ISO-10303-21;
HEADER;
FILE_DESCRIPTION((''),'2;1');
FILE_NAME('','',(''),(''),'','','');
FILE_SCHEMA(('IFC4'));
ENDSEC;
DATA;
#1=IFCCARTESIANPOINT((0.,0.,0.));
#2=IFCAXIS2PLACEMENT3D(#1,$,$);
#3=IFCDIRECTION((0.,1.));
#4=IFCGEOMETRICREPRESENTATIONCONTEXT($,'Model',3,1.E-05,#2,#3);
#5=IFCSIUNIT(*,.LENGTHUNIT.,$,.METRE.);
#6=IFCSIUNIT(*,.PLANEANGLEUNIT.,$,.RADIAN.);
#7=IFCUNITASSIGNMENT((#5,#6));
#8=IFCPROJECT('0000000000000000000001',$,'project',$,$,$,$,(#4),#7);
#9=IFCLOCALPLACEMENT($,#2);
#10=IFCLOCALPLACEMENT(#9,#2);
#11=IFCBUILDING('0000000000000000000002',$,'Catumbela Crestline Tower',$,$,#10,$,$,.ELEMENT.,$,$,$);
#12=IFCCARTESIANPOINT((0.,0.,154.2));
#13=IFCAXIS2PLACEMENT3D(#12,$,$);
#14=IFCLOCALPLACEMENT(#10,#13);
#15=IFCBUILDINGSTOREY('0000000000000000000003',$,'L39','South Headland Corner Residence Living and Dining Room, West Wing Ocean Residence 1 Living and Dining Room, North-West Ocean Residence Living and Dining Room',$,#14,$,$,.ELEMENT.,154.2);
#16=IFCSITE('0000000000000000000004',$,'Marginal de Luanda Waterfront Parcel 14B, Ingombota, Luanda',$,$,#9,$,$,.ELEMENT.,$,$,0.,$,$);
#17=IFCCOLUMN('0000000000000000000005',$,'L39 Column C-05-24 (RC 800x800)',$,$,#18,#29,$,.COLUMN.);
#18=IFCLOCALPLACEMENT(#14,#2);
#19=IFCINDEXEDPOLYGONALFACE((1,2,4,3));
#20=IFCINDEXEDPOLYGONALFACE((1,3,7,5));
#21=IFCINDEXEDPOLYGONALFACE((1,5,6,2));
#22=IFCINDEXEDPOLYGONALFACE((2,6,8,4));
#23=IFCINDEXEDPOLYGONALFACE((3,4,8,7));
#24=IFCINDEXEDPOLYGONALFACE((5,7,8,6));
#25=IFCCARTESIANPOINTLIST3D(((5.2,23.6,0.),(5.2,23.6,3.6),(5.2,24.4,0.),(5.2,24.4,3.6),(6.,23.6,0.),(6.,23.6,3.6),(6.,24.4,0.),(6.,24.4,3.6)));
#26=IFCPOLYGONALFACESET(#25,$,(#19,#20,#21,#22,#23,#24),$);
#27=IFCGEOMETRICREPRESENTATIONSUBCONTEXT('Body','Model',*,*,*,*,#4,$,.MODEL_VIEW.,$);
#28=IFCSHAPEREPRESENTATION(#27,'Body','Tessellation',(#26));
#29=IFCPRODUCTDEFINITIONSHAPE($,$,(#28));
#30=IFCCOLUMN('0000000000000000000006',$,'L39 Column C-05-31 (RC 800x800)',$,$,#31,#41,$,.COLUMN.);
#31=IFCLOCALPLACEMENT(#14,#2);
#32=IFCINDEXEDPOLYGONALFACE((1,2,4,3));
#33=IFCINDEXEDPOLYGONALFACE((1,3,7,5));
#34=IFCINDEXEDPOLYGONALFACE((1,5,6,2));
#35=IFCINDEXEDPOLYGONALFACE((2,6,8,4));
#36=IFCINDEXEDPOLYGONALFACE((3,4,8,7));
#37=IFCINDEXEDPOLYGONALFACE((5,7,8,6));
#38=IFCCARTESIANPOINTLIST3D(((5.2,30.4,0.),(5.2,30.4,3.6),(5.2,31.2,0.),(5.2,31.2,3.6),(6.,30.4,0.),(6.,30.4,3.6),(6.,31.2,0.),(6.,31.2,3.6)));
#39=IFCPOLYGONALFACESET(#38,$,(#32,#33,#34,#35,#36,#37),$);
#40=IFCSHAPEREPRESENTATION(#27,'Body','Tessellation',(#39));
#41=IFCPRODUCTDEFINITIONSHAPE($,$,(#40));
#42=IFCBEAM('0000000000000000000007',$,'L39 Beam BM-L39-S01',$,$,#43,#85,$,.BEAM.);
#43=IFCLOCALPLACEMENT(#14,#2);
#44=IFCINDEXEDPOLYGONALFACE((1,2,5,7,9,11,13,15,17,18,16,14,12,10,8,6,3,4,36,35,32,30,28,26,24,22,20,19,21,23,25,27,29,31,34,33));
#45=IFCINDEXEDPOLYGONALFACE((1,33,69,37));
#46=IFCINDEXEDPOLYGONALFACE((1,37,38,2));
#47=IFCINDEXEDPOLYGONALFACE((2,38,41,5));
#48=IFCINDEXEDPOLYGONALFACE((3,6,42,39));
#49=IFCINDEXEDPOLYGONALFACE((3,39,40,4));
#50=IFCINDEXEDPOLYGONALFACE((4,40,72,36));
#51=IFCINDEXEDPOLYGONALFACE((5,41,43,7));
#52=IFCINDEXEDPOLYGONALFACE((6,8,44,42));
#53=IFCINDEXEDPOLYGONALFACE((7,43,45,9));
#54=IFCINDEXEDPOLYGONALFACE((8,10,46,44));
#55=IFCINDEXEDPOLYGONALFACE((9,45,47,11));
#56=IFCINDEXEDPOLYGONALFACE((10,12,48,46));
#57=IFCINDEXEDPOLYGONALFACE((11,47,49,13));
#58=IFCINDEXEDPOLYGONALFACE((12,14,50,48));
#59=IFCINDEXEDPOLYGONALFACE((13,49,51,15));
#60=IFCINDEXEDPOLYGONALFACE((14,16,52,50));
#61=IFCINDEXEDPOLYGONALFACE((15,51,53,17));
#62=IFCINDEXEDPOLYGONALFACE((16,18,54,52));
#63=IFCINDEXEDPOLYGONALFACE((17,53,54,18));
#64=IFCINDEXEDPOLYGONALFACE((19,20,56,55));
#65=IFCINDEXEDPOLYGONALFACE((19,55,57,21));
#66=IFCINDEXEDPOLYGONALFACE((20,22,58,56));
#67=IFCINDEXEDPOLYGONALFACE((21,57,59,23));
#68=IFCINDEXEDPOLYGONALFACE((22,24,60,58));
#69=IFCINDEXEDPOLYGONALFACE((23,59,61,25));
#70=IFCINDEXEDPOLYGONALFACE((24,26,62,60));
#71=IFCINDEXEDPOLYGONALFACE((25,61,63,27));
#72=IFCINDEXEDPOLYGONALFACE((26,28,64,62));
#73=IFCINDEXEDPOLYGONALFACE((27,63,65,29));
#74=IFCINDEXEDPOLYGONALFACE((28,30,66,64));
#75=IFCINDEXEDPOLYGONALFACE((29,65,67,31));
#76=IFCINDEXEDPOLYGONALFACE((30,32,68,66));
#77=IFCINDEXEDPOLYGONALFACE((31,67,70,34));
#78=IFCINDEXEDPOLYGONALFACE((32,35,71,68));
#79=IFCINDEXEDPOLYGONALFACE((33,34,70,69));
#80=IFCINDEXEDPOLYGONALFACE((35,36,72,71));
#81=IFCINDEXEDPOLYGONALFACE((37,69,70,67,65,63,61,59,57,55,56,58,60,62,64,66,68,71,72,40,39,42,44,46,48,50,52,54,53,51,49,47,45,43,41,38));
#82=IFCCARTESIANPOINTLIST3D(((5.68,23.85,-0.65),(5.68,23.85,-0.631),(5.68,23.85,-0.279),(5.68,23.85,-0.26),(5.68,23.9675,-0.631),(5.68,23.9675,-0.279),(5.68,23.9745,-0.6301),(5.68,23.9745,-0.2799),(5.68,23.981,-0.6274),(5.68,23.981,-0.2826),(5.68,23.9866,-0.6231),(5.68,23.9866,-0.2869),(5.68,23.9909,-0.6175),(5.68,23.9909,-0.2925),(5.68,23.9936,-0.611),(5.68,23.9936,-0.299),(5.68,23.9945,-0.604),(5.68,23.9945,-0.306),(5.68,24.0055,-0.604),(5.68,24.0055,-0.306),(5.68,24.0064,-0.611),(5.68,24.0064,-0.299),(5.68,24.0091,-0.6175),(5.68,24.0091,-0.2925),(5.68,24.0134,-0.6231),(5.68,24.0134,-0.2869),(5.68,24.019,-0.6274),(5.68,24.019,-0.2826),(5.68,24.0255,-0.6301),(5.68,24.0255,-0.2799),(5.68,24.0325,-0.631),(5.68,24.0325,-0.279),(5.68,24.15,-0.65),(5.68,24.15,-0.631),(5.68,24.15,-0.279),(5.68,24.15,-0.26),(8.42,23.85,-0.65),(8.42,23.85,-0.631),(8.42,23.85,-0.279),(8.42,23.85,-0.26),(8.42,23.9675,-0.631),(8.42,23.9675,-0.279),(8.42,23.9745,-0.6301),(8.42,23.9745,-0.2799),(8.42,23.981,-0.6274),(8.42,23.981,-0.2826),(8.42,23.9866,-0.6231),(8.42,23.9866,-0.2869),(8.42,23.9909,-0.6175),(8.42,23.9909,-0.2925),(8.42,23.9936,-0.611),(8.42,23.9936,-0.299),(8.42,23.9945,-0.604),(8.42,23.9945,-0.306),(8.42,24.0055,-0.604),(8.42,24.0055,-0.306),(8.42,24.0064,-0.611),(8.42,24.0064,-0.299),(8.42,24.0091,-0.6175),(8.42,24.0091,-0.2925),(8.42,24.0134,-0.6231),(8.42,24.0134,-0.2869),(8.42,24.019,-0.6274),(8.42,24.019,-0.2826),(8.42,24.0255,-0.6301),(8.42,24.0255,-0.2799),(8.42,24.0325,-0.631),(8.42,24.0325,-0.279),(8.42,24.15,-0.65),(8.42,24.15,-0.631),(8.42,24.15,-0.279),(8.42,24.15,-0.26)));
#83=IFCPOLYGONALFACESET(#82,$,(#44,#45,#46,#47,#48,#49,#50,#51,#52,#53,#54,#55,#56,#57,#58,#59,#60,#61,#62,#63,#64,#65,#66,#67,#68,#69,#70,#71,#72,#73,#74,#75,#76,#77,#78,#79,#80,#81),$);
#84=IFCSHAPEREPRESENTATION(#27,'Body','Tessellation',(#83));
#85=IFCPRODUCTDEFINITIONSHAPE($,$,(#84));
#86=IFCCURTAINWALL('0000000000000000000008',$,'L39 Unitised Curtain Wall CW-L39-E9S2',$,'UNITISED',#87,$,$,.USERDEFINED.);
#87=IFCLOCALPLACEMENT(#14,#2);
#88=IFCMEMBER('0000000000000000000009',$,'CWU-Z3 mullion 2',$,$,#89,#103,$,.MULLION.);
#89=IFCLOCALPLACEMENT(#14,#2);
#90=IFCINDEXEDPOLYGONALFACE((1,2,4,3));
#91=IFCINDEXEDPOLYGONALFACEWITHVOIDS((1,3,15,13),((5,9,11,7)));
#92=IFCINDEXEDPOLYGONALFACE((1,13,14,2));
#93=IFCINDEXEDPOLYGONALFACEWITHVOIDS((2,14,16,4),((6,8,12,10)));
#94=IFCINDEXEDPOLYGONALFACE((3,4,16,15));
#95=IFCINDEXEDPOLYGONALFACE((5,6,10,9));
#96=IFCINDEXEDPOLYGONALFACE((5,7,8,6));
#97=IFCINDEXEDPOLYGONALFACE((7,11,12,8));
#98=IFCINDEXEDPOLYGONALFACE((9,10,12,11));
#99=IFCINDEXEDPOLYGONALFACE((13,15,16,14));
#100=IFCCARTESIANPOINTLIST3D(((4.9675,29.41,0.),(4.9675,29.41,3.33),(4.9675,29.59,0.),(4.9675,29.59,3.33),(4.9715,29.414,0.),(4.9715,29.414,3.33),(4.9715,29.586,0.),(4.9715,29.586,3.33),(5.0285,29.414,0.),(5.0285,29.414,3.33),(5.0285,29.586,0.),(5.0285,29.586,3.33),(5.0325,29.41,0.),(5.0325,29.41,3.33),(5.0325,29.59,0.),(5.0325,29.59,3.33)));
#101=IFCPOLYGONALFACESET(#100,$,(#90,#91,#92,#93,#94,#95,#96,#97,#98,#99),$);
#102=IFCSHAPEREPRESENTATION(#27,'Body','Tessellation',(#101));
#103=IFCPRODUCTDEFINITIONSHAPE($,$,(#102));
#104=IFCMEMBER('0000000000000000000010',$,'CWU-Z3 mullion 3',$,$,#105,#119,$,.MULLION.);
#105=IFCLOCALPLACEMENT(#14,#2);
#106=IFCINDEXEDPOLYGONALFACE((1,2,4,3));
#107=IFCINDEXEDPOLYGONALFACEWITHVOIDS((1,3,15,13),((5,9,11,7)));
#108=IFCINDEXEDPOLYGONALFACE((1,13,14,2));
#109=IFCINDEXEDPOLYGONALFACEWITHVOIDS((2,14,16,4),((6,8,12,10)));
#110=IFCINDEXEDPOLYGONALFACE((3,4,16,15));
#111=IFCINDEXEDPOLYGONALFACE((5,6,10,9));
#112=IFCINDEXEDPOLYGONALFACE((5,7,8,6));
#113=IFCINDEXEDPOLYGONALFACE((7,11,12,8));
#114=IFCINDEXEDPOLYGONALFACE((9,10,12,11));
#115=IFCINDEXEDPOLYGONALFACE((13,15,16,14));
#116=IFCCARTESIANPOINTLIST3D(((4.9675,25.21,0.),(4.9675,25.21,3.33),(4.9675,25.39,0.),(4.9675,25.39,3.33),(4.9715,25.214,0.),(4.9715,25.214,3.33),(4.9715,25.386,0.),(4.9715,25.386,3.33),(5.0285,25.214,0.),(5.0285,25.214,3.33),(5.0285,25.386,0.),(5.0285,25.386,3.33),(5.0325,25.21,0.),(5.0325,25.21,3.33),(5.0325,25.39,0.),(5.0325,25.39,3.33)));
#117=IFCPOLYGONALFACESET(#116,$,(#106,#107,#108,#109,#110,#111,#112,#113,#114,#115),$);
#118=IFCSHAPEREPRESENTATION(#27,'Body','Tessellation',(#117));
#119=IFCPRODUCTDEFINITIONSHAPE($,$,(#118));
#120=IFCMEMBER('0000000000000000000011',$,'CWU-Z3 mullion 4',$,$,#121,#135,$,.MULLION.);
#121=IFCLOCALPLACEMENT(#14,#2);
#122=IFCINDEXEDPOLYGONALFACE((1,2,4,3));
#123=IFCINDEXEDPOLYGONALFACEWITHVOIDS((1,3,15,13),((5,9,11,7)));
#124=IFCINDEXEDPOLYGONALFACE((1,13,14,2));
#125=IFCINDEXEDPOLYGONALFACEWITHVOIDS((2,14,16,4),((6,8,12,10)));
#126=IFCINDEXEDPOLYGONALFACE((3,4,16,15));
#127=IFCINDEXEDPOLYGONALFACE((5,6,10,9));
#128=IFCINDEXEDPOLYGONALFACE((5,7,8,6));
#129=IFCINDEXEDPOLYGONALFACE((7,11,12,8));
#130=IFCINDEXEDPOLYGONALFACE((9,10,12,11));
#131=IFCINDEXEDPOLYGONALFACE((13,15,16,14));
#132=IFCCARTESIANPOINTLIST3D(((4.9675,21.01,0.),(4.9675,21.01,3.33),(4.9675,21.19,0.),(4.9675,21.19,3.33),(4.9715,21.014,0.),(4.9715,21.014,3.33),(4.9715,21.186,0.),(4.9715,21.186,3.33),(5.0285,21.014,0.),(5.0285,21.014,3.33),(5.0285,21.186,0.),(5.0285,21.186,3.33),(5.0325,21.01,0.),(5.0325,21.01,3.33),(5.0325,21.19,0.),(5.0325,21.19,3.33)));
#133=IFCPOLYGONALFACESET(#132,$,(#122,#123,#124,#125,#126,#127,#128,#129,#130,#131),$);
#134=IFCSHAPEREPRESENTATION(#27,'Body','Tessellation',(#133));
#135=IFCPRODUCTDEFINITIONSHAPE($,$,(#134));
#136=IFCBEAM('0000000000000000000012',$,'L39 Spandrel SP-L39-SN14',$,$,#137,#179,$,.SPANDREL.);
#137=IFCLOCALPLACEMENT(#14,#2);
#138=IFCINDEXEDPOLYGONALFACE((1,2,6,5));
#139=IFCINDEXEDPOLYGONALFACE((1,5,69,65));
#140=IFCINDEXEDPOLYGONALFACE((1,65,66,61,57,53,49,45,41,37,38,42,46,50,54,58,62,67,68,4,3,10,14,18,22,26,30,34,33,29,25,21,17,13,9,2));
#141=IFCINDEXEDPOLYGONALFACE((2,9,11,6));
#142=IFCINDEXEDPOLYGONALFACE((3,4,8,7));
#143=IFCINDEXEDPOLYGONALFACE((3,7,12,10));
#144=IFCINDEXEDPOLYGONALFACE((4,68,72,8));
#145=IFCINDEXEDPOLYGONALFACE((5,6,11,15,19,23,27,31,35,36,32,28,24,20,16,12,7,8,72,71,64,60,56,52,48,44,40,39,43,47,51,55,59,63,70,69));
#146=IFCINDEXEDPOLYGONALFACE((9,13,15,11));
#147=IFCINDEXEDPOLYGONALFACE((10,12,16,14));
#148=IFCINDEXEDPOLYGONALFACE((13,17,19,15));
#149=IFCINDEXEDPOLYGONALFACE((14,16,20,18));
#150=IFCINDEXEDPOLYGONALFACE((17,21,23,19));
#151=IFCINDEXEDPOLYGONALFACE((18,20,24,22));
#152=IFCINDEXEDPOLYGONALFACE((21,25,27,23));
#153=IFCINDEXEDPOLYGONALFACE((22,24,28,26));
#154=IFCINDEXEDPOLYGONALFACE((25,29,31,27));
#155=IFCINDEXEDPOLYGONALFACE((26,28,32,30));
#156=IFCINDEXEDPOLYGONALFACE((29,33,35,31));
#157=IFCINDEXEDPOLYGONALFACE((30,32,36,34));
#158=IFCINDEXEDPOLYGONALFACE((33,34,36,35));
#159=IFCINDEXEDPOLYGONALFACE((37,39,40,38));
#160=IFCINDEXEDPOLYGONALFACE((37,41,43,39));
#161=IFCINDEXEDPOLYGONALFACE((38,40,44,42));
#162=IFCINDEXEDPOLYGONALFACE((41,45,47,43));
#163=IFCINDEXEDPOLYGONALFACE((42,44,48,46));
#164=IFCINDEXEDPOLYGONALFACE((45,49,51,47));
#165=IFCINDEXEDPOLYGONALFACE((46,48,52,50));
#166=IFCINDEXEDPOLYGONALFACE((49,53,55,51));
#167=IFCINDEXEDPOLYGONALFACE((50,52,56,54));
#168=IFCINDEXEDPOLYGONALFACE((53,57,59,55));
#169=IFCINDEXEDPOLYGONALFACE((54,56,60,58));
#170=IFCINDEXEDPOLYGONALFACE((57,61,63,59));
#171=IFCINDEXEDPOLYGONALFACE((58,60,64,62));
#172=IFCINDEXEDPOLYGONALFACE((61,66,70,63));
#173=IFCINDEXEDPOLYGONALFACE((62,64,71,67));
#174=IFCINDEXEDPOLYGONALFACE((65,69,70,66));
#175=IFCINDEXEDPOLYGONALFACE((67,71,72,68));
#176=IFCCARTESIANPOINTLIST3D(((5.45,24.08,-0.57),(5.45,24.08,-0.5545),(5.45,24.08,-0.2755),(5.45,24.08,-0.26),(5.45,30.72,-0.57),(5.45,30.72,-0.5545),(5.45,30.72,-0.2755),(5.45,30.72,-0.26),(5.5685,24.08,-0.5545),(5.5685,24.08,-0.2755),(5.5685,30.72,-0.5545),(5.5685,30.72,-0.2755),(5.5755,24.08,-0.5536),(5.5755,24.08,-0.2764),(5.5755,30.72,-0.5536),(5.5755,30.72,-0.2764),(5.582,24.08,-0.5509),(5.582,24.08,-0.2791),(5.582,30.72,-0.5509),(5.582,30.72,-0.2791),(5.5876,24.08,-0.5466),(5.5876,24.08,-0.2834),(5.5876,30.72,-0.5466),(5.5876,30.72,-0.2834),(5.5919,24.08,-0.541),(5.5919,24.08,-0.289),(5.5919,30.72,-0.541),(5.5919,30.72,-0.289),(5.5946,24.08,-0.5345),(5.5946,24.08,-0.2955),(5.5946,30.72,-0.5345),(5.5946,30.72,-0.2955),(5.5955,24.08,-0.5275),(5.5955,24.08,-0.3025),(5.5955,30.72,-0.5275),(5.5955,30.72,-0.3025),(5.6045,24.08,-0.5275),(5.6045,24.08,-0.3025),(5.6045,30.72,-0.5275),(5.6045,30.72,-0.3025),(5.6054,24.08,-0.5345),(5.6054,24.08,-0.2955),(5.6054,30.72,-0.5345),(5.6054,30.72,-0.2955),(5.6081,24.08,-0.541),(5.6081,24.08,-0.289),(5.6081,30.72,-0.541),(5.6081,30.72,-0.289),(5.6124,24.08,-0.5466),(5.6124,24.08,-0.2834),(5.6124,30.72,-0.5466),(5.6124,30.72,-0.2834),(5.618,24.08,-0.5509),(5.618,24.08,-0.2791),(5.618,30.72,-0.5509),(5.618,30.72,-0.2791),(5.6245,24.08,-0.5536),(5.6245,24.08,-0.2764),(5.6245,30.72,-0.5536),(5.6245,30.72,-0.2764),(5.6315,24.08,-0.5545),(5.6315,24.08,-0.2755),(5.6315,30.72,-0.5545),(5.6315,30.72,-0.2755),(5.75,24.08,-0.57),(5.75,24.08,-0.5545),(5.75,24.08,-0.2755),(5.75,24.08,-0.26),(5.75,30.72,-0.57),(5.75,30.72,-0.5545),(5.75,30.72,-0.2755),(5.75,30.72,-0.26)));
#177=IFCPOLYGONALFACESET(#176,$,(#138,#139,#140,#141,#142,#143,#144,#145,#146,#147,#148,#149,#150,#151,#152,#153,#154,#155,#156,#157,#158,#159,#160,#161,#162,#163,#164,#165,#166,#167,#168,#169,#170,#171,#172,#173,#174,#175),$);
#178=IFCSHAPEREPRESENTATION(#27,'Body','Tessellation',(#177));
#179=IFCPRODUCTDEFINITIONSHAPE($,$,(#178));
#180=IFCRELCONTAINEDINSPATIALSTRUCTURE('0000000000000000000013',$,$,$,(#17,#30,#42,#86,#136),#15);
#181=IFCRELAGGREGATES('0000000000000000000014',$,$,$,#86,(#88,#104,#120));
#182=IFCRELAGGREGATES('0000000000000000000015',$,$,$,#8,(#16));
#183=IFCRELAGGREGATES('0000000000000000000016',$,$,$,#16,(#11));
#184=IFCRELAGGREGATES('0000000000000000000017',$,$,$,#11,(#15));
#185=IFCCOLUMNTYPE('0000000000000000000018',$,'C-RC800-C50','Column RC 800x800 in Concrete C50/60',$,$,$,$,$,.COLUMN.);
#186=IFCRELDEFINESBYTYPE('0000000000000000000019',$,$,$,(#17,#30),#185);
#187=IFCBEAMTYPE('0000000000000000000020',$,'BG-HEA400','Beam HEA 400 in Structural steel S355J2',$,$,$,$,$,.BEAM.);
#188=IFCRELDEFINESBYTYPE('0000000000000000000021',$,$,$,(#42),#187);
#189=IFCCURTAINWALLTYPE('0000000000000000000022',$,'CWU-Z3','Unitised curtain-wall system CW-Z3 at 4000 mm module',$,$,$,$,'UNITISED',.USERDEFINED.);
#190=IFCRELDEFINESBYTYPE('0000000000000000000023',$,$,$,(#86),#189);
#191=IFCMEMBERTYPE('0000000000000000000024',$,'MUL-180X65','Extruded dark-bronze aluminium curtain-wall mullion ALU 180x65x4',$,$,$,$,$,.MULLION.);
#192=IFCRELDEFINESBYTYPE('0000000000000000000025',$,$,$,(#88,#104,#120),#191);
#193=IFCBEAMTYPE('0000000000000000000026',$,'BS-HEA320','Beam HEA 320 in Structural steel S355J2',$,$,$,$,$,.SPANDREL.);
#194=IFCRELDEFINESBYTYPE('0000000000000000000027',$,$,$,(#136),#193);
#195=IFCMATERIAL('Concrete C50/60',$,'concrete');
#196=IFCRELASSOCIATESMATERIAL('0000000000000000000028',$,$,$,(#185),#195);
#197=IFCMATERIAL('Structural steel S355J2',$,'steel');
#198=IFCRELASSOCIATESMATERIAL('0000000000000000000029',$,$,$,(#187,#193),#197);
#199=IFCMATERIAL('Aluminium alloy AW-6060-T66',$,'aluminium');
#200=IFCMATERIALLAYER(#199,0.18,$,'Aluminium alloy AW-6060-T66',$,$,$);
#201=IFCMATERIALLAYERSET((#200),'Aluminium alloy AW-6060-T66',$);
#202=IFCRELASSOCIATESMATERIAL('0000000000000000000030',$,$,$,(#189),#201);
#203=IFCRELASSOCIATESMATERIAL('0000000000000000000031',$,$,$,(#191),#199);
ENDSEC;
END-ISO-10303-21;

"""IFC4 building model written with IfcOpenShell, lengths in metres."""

from ifc_helpers import new_model, si_unit, direction, frame, origin, origin_2d, place, context, subcontext, project, spatial, rectangle, hollow_rectangle, i_section, extrude, material, layer, layer_set, material_profile, profile_set, type_object, element, aggregate, save


model = new_model("IFC4")

# Units and contexts
model_context = context("Model", 3, precision=1e-05, world=origin(), true_north=direction((0.0, 1.0)))
body_context = subcontext(model_context, "Body", "Model", "MODEL_VIEW")
ifc_project = project(units=[si_unit("LENGTHUNIT", "METRE"), si_unit("PLANEANGLEUNIT", "RADIAN")], contexts=[model_context])

# Site, building, storey
site_placement = place(None, origin())
site = spatial("IfcSite", under=ifc_project, at=site_placement, Name="Marginal de Luanda Waterfront Parcel 14B, Ingombota, Luanda", CompositionType="ELEMENT", RefElevation=0.0)
building_placement = place(site_placement, origin())
building = spatial("IfcBuilding", under=site, at=building_placement, Name="Catumbela Crestline Tower", CompositionType="ELEMENT")
storey_placement = place(building_placement, frame((0.0, 0.0, 154.2)))
storey = spatial("IfcBuildingStorey", under=building, at=storey_placement, Name="L39", Description="South Headland Corner Residence Living and Dining Room, West Wing Ocean Residence 1 Living and Dining Room, North-West Ocean Residence Living and Dining Room", CompositionType="ELEMENT", Elevation=154.2)

# Columns
ifc_material_1 = material(Name="Concrete C50/60", Category="concrete")
ifc_material_profile_1 = material_profile(ifc_material_1, rectangle(XDim=0.8, YDim=0.8, at=origin_2d()), Name="RC 800x800")
ifc_profile_set_1 = profile_set([ifc_material_profile_1], Name="Concrete C50/60")
column_type = type_object("IfcColumnType", Name="C-RC800-C50", Description="Column RC 800x800 in Concrete C50/60", PredefinedType="COLUMN", material=ifc_profile_set_1)
for number, where, z_axis, x_axis, name in (
    (1, (5.6, 24.0, 0.0), (0.0, 0.0, 1.0), (1.0, 0.0, 0.0), "L39 Column C-05-24 (RC 800x800)"),
    (2, (5.6, 30.8, 0.0), (0.0, 0.0, 1.0), (1.0, 0.0, 0.0), "L39 Column C-05-31 (RC 800x800)"),
):
    element("IfcColumn", number, at=place(storey_placement, frame(where, z_axis=z_axis, x_axis=x_axis)), inside=storey, type_object=column_type, Name=name, PredefinedType="COLUMN", context=body_context, shape_type="SweptSolid", body=[
        extrude(rectangle(XDim=0.8, YDim=0.8, at=origin_2d()), origin(), (0.0, 0.0, 1.0), 3.6),
    ])

# Beam
ifc_material_2 = material(Name="Structural steel S355J2", Category="steel")
ifc_material_profile_2 = material_profile(ifc_material_2, i_section(OverallWidth=0.3, OverallDepth=0.39, WebThickness=0.011, FlangeThickness=0.019, FilletRadius=0.027, at=origin_2d()), Name="HEA 400")
ifc_profile_set_2 = profile_set([ifc_material_profile_2], Name="Structural steel S355J2")
beam_type_1 = type_object("IfcBeamType", Name="BG-HEA400", Description="Beam HEA 400 in Structural steel S355J2", PredefinedType="BEAM", material=ifc_profile_set_2)
beam_1_placement = place(storey_placement, frame((5.68, 24.0, -0.455), z_axis=(1.0, 0.0, 0.0), x_axis=(0.0, 1.0, 0.0)))
element("IfcBeam", 3, at=beam_1_placement, inside=storey, type_object=beam_type_1, Name="L39 Beam BM-L39-S01", PredefinedType="BEAM", context=body_context, shape_type="SweptSolid", body=[
    extrude(i_section(OverallWidth=0.3, OverallDepth=0.39, WebThickness=0.011, FlangeThickness=0.019, FilletRadius=0.027, at=origin_2d()), origin(), (0.0, 0.0, 1.0), 2.74),
])

# Curtain wall, members
ifc_material_3 = material(Name="Aluminium alloy AW-6060-T66", Category="aluminium")
ifc_layer_1 = layer(ifc_material_3, 0.18, Name="Aluminium alloy AW-6060-T66")
ifc_layer_set_1 = layer_set([ifc_layer_1], Name="Aluminium alloy AW-6060-T66")
curtain_wall_type = type_object("IfcCurtainWallType", Name="CWU-Z3", Description="Unitised curtain-wall system CW-Z3 at 4000 mm module", ElementType="UNITISED", PredefinedType="USERDEFINED", material=ifc_layer_set_1)
curtain_wall_placement = place(storey_placement, origin())
curtain_wall = element("IfcCurtainWall", 4, at=curtain_wall_placement, inside=storey, type_object=curtain_wall_type, Name="L39 Unitised Curtain Wall CW-L39-E9S2", ObjectType="UNITISED", PredefinedType="USERDEFINED")
ifc_material_profile_3 = material_profile(ifc_material_3, hollow_rectangle(XDim=0.065, YDim=0.18, WallThickness=0.004, at=origin_2d()), Name="ALU 180x65x4")
ifc_profile_set_3 = profile_set([ifc_material_profile_3], Name="Aluminium alloy AW-6060-T66")
member_type_1 = type_object("IfcMemberType", Name="MUL-180X65", Description="Extruded dark-bronze aluminium curtain-wall mullion ALU 180x65x4", PredefinedType="MULLION", material=ifc_profile_set_3)
member_1_placement = place(storey_placement, frame((5.0, 29.5, 0.0), z_axis=(0.0, 0.0, 1.0), x_axis=(1.0, 0.0, 0.0)))
member_1 = element("IfcMember", 5, at=member_1_placement, type_object=member_type_1, Name="CWU-Z3 mullion 2", PredefinedType="MULLION", context=body_context, shape_type="SweptSolid", body=[
    extrude(hollow_rectangle(XDim=0.065, YDim=0.18, WallThickness=0.004, at=origin_2d()), origin(), (0.0, 0.0, 1.0), 3.33),
])
member_2_placement = place(storey_placement, frame((5.0, 25.3, 0.0), z_axis=(0.0, 0.0, 1.0), x_axis=(1.0, 0.0, 0.0)))
member_2 = element("IfcMember", 6, at=member_2_placement, type_object=member_type_1, Name="CWU-Z3 mullion 3", PredefinedType="MULLION", context=body_context, shape_type="SweptSolid", body=[
    extrude(hollow_rectangle(XDim=0.065, YDim=0.18, WallThickness=0.004, at=origin_2d()), origin(), (0.0, 0.0, 1.0), 3.33),
])
member_3_placement = place(storey_placement, frame((5.0, 21.1, 0.0), z_axis=(0.0, 0.0, 1.0), x_axis=(1.0, 0.0, 0.0)))
member_3 = element("IfcMember", 7, at=member_3_placement, type_object=member_type_1, Name="CWU-Z3 mullion 4", PredefinedType="MULLION", context=body_context, shape_type="SweptSolid", body=[
    extrude(hollow_rectangle(XDim=0.065, YDim=0.18, WallThickness=0.004, at=origin_2d()), origin(), (0.0, 0.0, 1.0), 3.33),
])

# Beam
ifc_material_profile_4 = material_profile(ifc_material_2, i_section(OverallWidth=0.3, OverallDepth=0.31, WebThickness=0.009, FlangeThickness=0.0155, FilletRadius=0.027, at=origin_2d()), Name="HEA 320")
ifc_profile_set_4 = profile_set([ifc_material_profile_4], Name="Structural steel S355J2")
beam_type_2 = type_object("IfcBeamType", Name="BS-HEA320", Description="Beam HEA 320 in Structural steel S355J2", PredefinedType="SPANDREL", material=ifc_profile_set_4)
beam_2_placement = place(storey_placement, frame((5.6, 24.08, -0.415), z_axis=(0.0, 1.0, 0.0), x_axis=(-1.0, 0.0, 0.0)))
element("IfcBeam", 8, at=beam_2_placement, inside=storey, type_object=beam_type_2, Name="L39 Spandrel SP-L39-SN14", PredefinedType="SPANDREL", context=body_context, shape_type="SweptSolid", body=[
    extrude(i_section(OverallWidth=0.3, OverallDepth=0.31, WebThickness=0.009, FlangeThickness=0.0155, FilletRadius=0.027, at=origin_2d()), origin(), (0.0, 0.0, 1.0), 6.64),
])

aggregate(curtain_wall, [member_1, member_2, member_3])

save(model, "model.ifc")
